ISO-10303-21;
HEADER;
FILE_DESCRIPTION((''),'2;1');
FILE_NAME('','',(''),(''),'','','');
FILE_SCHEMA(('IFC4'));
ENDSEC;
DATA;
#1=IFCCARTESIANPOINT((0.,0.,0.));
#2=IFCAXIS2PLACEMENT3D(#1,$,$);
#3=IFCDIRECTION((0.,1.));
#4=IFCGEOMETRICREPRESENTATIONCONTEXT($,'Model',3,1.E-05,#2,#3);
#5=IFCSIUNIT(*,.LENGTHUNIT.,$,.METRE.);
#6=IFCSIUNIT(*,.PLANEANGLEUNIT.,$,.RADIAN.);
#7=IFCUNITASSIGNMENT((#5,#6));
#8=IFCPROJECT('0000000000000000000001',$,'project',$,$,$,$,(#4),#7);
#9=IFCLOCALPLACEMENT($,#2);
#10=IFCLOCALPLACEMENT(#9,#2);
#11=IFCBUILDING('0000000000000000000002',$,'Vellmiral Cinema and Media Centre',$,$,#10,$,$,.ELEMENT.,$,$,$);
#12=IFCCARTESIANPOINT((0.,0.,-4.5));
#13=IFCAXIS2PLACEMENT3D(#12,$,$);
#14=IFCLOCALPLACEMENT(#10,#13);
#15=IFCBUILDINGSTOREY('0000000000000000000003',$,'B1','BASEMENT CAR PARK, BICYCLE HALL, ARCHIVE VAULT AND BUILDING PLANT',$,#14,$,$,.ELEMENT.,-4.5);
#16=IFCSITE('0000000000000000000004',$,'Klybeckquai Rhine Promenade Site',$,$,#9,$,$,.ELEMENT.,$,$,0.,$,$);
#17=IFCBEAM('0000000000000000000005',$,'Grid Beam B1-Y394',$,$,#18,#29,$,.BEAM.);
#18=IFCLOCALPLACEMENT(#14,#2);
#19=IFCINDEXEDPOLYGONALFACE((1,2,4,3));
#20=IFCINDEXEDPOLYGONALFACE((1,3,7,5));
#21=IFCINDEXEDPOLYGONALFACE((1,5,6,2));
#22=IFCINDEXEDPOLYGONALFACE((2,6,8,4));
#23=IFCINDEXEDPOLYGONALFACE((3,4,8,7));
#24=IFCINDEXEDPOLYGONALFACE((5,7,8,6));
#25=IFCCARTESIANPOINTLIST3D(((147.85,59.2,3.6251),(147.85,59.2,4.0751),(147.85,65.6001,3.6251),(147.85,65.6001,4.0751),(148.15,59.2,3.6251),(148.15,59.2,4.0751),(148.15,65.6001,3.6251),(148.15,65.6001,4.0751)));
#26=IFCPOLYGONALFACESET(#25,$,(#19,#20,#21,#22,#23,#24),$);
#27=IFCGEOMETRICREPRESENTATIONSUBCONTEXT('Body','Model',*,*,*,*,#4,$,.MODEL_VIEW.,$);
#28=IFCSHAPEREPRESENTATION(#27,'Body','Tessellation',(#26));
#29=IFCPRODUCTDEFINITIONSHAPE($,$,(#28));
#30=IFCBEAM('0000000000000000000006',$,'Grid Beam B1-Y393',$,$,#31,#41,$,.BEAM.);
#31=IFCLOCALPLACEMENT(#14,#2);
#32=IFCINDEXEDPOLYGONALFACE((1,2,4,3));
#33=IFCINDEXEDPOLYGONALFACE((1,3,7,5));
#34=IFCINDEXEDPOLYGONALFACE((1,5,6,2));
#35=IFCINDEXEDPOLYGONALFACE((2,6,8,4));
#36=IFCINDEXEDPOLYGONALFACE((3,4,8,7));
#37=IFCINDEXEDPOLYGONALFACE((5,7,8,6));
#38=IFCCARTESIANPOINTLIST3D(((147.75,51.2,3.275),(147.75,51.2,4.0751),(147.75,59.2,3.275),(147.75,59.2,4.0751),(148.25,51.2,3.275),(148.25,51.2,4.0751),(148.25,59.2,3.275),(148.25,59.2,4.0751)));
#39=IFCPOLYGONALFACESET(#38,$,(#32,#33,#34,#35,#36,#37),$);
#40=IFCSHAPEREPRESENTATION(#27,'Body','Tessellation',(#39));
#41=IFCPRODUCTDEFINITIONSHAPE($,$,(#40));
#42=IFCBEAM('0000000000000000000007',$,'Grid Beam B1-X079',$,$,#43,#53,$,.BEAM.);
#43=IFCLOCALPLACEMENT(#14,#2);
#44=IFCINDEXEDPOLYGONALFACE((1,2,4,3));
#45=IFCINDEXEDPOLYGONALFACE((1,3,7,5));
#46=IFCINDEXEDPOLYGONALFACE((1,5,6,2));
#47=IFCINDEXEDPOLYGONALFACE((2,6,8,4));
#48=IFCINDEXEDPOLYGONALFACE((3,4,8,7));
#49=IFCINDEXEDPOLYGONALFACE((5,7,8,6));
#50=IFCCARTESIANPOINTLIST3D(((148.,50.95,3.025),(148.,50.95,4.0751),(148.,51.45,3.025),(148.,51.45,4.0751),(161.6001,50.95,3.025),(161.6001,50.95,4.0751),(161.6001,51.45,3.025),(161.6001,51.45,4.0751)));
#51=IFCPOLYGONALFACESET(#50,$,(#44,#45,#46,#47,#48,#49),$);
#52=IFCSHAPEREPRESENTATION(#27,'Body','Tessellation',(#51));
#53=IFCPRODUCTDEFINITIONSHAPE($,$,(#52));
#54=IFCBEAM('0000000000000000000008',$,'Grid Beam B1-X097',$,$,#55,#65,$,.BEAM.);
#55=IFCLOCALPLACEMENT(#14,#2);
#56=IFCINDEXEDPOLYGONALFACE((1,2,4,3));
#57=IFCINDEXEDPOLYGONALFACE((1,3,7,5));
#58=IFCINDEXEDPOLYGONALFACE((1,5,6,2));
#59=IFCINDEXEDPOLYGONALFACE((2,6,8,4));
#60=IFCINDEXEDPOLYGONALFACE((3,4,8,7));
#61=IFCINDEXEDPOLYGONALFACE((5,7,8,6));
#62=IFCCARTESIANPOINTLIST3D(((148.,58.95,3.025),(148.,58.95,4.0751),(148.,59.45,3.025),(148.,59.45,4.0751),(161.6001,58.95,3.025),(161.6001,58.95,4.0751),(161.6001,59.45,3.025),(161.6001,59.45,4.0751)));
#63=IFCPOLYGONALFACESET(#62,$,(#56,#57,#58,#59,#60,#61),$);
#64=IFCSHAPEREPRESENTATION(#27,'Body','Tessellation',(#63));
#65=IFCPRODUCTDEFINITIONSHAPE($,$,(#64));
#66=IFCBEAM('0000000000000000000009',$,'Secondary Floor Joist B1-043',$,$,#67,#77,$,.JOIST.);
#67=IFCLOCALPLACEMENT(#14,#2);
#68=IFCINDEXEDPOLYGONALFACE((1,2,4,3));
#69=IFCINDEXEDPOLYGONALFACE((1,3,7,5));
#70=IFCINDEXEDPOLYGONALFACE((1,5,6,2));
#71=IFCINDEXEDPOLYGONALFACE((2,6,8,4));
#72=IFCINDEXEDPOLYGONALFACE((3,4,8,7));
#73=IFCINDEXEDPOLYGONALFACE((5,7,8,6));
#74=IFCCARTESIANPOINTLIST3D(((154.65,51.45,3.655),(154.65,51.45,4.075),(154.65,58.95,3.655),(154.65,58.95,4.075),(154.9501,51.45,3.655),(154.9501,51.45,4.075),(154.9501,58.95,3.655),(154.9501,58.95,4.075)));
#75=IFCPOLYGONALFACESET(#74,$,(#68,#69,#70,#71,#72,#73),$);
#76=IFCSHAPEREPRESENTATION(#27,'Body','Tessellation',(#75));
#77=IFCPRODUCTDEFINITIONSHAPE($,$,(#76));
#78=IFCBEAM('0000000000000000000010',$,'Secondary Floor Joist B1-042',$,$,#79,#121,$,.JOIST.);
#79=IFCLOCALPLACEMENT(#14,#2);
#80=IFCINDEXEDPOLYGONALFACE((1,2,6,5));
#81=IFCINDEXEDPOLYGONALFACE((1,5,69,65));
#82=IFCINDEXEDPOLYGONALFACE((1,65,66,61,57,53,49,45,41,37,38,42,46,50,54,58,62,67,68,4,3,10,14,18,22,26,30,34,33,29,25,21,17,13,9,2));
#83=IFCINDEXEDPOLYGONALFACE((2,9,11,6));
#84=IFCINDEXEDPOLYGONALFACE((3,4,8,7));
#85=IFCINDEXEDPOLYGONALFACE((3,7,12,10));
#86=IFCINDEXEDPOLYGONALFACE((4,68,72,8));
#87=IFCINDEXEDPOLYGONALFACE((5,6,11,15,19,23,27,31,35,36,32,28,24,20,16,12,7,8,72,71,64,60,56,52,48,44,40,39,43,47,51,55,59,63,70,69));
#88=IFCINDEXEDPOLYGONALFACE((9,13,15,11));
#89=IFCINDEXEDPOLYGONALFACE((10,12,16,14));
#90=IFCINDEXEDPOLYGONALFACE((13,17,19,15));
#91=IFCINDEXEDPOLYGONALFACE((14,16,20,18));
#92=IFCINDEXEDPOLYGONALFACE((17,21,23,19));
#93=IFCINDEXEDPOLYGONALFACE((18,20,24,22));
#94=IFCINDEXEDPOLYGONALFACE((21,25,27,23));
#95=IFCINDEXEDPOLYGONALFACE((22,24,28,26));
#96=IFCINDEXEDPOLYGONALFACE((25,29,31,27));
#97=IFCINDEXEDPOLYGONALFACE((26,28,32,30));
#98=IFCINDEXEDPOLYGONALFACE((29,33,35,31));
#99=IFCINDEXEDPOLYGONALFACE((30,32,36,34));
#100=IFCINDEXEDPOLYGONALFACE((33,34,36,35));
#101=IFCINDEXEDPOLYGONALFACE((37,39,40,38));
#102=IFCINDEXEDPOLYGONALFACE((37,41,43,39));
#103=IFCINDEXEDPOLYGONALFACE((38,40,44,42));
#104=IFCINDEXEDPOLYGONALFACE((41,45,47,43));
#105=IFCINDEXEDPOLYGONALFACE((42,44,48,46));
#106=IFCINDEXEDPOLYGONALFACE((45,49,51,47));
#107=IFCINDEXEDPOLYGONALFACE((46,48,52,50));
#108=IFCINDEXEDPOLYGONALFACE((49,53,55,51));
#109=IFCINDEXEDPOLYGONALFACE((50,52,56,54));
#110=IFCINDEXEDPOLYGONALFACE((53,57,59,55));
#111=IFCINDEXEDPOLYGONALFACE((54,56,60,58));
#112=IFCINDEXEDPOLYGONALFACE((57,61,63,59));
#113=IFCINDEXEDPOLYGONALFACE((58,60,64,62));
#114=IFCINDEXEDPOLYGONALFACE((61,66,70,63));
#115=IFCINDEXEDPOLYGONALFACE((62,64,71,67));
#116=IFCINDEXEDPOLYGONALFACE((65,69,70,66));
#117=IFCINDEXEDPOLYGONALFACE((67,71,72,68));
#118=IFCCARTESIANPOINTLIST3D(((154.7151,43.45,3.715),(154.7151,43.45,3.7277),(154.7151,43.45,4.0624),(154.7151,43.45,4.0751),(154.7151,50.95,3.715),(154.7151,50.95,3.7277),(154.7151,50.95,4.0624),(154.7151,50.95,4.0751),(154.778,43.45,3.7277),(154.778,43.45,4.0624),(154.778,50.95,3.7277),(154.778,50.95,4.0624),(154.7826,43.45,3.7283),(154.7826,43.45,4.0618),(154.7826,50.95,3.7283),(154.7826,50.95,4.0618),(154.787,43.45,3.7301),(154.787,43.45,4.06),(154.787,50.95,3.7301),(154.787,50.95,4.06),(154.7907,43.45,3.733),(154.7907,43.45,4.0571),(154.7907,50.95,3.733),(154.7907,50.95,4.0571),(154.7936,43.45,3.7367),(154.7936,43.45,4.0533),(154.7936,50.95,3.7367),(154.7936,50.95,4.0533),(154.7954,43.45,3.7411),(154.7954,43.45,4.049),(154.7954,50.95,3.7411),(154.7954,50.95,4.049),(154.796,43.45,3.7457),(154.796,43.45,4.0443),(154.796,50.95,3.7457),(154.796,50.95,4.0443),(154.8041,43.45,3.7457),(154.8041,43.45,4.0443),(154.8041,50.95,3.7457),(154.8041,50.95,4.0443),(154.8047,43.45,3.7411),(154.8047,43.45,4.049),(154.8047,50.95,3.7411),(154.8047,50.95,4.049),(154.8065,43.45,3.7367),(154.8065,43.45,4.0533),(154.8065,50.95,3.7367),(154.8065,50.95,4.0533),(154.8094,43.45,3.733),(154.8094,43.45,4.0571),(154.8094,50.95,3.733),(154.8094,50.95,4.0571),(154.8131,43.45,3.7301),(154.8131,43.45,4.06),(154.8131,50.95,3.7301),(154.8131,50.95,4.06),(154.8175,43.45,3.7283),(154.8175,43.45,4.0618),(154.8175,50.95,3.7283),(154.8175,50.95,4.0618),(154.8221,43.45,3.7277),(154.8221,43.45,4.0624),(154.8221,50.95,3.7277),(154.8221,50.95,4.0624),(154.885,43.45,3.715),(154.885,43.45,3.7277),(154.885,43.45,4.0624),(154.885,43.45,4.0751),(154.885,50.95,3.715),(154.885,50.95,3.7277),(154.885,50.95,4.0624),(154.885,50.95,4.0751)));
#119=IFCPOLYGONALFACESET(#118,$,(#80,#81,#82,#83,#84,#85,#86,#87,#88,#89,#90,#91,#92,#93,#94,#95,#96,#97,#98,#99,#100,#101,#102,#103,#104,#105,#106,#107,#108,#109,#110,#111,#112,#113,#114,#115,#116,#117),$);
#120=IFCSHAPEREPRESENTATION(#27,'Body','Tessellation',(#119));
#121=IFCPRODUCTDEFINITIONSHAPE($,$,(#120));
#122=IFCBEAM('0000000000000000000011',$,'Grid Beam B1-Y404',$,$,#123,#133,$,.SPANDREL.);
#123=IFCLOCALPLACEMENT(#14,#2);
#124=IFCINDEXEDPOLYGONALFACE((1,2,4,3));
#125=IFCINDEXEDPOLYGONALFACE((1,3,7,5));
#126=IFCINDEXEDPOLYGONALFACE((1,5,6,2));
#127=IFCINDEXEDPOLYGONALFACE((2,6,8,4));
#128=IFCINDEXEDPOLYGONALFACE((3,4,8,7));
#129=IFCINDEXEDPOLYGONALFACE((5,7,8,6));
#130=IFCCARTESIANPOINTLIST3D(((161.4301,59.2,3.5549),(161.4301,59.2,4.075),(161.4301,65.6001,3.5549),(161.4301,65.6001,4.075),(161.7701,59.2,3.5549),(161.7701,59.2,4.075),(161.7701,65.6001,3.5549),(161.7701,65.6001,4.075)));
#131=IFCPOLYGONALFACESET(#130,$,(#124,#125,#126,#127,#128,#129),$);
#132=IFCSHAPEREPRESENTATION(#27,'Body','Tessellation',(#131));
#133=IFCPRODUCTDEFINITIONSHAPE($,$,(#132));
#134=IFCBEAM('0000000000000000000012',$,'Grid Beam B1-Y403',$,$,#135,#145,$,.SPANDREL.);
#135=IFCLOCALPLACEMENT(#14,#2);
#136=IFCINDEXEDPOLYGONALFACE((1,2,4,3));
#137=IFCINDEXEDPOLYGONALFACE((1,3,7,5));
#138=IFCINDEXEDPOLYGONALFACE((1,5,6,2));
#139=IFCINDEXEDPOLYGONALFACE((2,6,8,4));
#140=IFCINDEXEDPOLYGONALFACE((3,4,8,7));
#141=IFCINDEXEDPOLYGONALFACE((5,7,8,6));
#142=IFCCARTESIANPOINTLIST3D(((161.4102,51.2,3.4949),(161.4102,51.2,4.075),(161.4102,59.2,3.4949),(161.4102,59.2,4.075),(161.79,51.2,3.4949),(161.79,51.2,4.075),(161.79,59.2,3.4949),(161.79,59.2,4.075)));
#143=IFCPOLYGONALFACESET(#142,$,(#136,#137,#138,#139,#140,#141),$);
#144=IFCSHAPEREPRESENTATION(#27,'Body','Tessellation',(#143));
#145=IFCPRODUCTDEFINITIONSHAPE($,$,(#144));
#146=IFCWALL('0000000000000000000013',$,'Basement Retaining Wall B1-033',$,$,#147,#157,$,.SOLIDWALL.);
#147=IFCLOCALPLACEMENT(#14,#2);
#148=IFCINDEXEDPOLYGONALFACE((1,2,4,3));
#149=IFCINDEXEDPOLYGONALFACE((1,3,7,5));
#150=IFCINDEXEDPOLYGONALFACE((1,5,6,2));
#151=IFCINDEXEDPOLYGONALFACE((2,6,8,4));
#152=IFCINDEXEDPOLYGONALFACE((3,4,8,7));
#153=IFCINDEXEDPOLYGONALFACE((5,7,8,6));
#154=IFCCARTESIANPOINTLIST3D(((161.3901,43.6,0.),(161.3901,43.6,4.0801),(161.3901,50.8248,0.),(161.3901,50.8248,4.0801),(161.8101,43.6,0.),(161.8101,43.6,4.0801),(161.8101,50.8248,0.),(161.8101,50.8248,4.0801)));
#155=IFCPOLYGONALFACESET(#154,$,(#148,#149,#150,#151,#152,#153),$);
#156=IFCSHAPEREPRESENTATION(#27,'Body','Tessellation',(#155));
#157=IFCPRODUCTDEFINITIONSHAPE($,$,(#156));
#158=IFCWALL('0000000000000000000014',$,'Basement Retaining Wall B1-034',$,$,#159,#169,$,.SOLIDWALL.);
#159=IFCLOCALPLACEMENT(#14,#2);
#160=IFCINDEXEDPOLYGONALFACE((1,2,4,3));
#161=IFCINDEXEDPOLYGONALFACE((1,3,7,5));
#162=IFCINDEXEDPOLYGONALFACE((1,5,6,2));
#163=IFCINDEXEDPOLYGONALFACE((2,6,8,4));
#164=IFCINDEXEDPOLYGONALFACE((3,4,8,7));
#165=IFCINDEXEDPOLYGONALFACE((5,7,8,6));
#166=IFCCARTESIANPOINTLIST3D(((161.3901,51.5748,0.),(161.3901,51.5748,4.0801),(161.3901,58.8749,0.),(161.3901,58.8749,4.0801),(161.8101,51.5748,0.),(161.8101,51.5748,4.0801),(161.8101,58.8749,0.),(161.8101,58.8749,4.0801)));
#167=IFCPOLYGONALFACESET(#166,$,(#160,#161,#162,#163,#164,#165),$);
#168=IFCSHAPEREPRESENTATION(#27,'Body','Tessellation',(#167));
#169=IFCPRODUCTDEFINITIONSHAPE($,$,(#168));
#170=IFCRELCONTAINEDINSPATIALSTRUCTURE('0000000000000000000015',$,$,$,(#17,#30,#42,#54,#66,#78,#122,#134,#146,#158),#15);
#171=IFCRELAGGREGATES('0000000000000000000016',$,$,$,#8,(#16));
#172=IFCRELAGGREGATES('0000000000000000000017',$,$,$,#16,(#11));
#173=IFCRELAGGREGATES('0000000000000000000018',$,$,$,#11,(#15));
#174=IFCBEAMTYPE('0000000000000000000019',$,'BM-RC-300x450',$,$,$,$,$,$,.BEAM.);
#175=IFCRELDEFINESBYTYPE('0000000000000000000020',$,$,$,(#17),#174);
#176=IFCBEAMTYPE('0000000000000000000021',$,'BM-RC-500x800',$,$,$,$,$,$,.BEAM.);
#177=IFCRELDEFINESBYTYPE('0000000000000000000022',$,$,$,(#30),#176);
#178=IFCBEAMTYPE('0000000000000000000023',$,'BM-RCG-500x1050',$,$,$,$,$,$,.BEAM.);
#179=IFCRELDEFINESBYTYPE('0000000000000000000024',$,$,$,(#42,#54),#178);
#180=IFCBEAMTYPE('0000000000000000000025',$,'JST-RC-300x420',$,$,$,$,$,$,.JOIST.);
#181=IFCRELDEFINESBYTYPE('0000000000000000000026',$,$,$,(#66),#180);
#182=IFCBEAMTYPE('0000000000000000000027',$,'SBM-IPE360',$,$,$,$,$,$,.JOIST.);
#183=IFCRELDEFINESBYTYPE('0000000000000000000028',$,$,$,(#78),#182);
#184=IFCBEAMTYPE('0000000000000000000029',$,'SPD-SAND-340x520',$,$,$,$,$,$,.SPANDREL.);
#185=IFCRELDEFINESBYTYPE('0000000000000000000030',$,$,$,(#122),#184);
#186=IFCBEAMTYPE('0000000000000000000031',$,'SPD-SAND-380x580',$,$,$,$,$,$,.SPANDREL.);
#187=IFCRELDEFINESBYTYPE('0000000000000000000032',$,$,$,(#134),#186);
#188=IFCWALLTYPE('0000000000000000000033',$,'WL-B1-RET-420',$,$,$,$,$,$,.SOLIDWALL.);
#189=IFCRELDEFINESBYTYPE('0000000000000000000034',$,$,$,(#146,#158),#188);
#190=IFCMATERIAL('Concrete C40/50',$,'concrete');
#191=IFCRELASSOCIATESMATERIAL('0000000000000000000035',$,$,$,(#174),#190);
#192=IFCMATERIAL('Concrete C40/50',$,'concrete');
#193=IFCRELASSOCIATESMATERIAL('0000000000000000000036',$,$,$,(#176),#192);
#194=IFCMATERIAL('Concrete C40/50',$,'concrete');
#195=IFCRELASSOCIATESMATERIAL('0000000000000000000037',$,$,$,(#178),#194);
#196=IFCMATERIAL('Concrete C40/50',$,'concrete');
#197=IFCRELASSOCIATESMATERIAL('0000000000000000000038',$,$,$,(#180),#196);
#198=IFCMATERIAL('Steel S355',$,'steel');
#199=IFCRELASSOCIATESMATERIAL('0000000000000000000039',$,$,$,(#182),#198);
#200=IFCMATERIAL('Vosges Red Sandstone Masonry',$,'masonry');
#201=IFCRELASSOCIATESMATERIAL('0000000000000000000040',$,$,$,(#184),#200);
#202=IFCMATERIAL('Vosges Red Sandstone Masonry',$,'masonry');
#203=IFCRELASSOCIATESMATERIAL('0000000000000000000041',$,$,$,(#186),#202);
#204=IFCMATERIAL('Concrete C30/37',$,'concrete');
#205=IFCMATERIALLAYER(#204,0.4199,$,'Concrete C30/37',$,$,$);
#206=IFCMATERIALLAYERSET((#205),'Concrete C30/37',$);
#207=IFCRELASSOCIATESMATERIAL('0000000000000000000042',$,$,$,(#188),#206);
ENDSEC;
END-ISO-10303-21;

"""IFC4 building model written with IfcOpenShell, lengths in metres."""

from ifc_helpers import new_model, si_unit, direction, frame, frame_2d, origin, origin_2d, place, context, subcontext, project, spatial, rectangle, i_section, extrude, material, layer, layer_set, material_profile, profile_set, type_object, element, save


model = new_model("IFC4")

# Units and contexts
model_context = context("Model", 3, precision=1e-05, world=origin(), true_north=direction((0.0, 1.0)))
body_context = subcontext(model_context, "Body", "Model", "MODEL_VIEW")
ifc_project = project(units=[si_unit("LENGTHUNIT", "METRE"), si_unit("PLANEANGLEUNIT", "RADIAN")], contexts=[model_context])

# Site, building, storey
site_placement = place(None, origin())
site = spatial("IfcSite", under=ifc_project, at=site_placement, Name="Klybeckquai Rhine Promenade Site", CompositionType="ELEMENT", RefElevation=0.0)
building_placement = place(site_placement, origin())
building = spatial("IfcBuilding", under=site, at=building_placement, Name="Vellmiral Cinema and Media Centre", CompositionType="ELEMENT")
storey_placement = place(building_placement, frame((0.0, 0.0, -4.5)))
storey = spatial("IfcBuildingStorey", under=building, at=storey_placement, Name="B1", Description="BASEMENT CAR PARK, BICYCLE HALL, ARCHIVE VAULT AND BUILDING PLANT", CompositionType="ELEMENT", Elevation=-4.5)

# Beams
ifc_material_1 = material(Name="Concrete C40/50", Category="concrete")
ifc_material_profile_1 = material_profile(ifc_material_1, rectangle(XDim=0.3, YDim=0.45, at=origin_2d()), Name="RC 300x450")
ifc_profile_set_1 = profile_set([ifc_material_profile_1], Name="Concrete C40/50")
beam_type_1 = type_object("IfcBeamType", Name="BM-RC-300x450", PredefinedType="BEAM", material=ifc_profile_set_1)
beam_1_placement = place(storey_placement, frame((148.0, 59.2, 3.8501), z_axis=(0.0, 1.0, 0.0), x_axis=(-1.0, 0.0, 0.0)))
element("IfcBeam", 1, at=beam_1_placement, inside=storey, type_object=beam_type_1, Name="Grid Beam B1-Y394", PredefinedType="BEAM", context=body_context, shape_type="SweptSolid", body=[
    extrude(rectangle(XDim=0.3, YDim=0.45, at=origin_2d()), origin(), (0.0, 0.0, 1.0), 6.4001),
])
ifc_material_2 = material(Name="Concrete C40/50", Category="concrete")
ifc_material_profile_2 = material_profile(ifc_material_2, rectangle(XDim=0.5, YDim=0.8, at=origin_2d()), Name="RC 500x800")
ifc_profile_set_2 = profile_set([ifc_material_profile_2], Name="Concrete C40/50")
beam_type_2 = type_object("IfcBeamType", Name="BM-RC-500x800", PredefinedType="BEAM", material=ifc_profile_set_2)
beam_2_placement = place(storey_placement, frame((148.0, 51.2, 3.675), z_axis=(0.0, 1.0, 0.0), x_axis=(-1.0, 0.0, 0.0)))
element("IfcBeam", 2, at=beam_2_placement, inside=storey, type_object=beam_type_2, Name="Grid Beam B1-Y393", PredefinedType="BEAM", context=body_context, shape_type="SweptSolid", body=[
    extrude(rectangle(XDim=0.5, YDim=0.8, at=origin_2d()), origin(), (0.0, 0.0, 1.0), 8.0),
])
ifc_material_3 = material(Name="Concrete C40/50", Category="concrete")
ifc_material_profile_3 = material_profile(ifc_material_3, rectangle(XDim=0.5, YDim=1.05, at=origin_2d()), Name="RC 500x1050")
ifc_profile_set_3 = profile_set([ifc_material_profile_3], Name="Concrete C40/50")
beam_type_3 = type_object("IfcBeamType", Name="BM-RCG-500x1050", PredefinedType="BEAM", material=ifc_profile_set_3)
for number, where, z_axis, x_axis, name in (
    (3, (148.0, 51.2, 3.55), (1.0, 0.0, 0.0), (0.0, 1.0, 0.0), "Grid Beam B1-X079"),
    (4, (148.0, 59.2, 3.55), (1.0, 0.0, 0.0), (0.0, 1.0, 0.0), "Grid Beam B1-X097"),
):
    element("IfcBeam", number, at=place(storey_placement, frame(where, z_axis=z_axis, x_axis=x_axis)), inside=storey, type_object=beam_type_3, Name=name, PredefinedType="BEAM", context=body_context, shape_type="SweptSolid", body=[
        extrude(rectangle(XDim=0.5, YDim=1.05, at=origin_2d()), origin(), (0.0, 0.0, 1.0), 13.6001),
    ])
ifc_material_4 = material(Name="Concrete C40/50", Category="concrete")
ifc_material_profile_4 = material_profile(ifc_material_4, rectangle(XDim=0.3, YDim=0.4199, at=origin_2d()), Name="RC 300x420")
ifc_profile_set_4 = profile_set([ifc_material_profile_4], Name="Concrete C40/50")
beam_type_4 = type_object("IfcBeamType", Name="JST-RC-300x420", PredefinedType="JOIST", material=ifc_profile_set_4)
beam_3_placement = place(storey_placement, frame((154.8, 51.45, 3.865), z_axis=(0.0, 1.0, 0.0), x_axis=(-1.0, 0.0, 0.0)))
element("IfcBeam", 5, at=beam_3_placement, inside=storey, type_object=beam_type_4, Name="Secondary Floor Joist B1-043", PredefinedType="JOIST", context=body_context, shape_type="SweptSolid", body=[
    extrude(rectangle(XDim=0.3, YDim=0.4199, at=origin_2d()), origin(), (0.0, 0.0, 1.0), 7.5),
])
ifc_material_5 = material(Name="Steel S355", Category="steel")
ifc_material_profile_5 = material_profile(ifc_material_5, i_section(OverallWidth=0.1699, OverallDepth=0.3601, WebThickness=0.0081, FlangeThickness=0.0127, FilletRadius=0.0181, at=origin_2d()), Name="IPE 360")
ifc_profile_set_5 = profile_set([ifc_material_profile_5], Name="Steel S355")
beam_type_5 = type_object("IfcBeamType", Name="SBM-IPE360", PredefinedType="JOIST", material=ifc_profile_set_5)
beam_4_placement = place(storey_placement, frame((154.8, 43.45, 3.895), z_axis=(0.0, 1.0, 0.0), x_axis=(-1.0, 0.0, 0.0)))
element("IfcBeam", 6, at=beam_4_placement, inside=storey, type_object=beam_type_5, Name="Secondary Floor Joist B1-042", PredefinedType="JOIST", context=body_context, shape_type="SweptSolid", body=[
    extrude(i_section(OverallWidth=0.1699, OverallDepth=0.3601, WebThickness=0.0081, FlangeThickness=0.0127, FilletRadius=0.0181, at=origin_2d()), origin(), (0.0, 0.0, 1.0), 7.5),
])
ifc_material_6 = material(Name="Vosges Red Sandstone Masonry", Category="masonry")
ifc_material_profile_6 = material_profile(ifc_material_6, rectangle(XDim=0.3401, YDim=0.52, at=origin_2d()), Name="SAND 340x520")
ifc_profile_set_6 = profile_set([ifc_material_profile_6], Name="Vosges Red Sandstone Masonry")
beam_type_6 = type_object("IfcBeamType", Name="SPD-SAND-340x520", PredefinedType="SPANDREL", material=ifc_profile_set_6)
beam_5_placement = place(storey_placement, frame((161.6001, 59.2, 3.8149), z_axis=(0.0, 1.0, 0.0), x_axis=(-1.0, 0.0, 0.0)))
element("IfcBeam", 7, at=beam_5_placement, inside=storey, type_object=beam_type_6, Name="Grid Beam B1-Y404", PredefinedType="SPANDREL", context=body_context, shape_type="SweptSolid", body=[
    extrude(rectangle(XDim=0.3401, YDim=0.52, at=origin_2d()), origin(), (0.0, 0.0, 1.0), 6.4001),
])
ifc_material_7 = material(Name="Vosges Red Sandstone Masonry", Category="masonry")
ifc_material_profile_7 = material_profile(ifc_material_7, rectangle(XDim=0.3799, YDim=0.5801, at=origin_2d()), Name="SAND 380x580")
ifc_profile_set_7 = profile_set([ifc_material_profile_7], Name="Vosges Red Sandstone Masonry")
beam_type_7 = type_object("IfcBeamType", Name="SPD-SAND-380x580", PredefinedType="SPANDREL", material=ifc_profile_set_7)
beam_6_placement = place(storey_placement, frame((161.6001, 51.2, 3.7849), z_axis=(0.0, 1.0, 0.0), x_axis=(-1.0, 0.0, 0.0)))
element("IfcBeam", 8, at=beam_6_placement, inside=storey, type_object=beam_type_7, Name="Grid Beam B1-Y403", PredefinedType="SPANDREL", context=body_context, shape_type="SweptSolid", body=[
    extrude(rectangle(XDim=0.3799, YDim=0.5801, at=origin_2d()), origin(), (0.0, 0.0, 1.0), 8.0),
])

# Walls
ifc_material_8 = material(Name="Concrete C30/37", Category="concrete")
ifc_layer = layer(ifc_material_8, 0.4199, Name="Concrete C30/37")
ifc_layer_set = layer_set([ifc_layer], Name="Concrete C30/37")
wall_type = type_object("IfcWallType", Name="WL-B1-RET-420", PredefinedType="SOLIDWALL", material=ifc_layer_set)
wall_1_placement = place(storey_placement, frame((161.6001, 43.6001, 0.0), z_axis=(0.0, 0.0, 1.0), x_axis=(0.0, 1.0, 0.0)))
element("IfcWall", 9, at=wall_1_placement, inside=storey, type_object=wall_type, Name="Basement Retaining Wall B1-033", PredefinedType="SOLIDWALL", context=body_context, shape_type="SweptSolid", body=[
    extrude(rectangle(XDim=7.2249, YDim=0.4199, at=frame_2d((3.6123, 0.0))), origin(), (0.0, 0.0, 1.0), 4.0801),
])
wall_2_placement = place(storey_placement, frame((161.6001, 51.575, 0.0), z_axis=(0.0, 0.0, 1.0), x_axis=(0.0, 1.0, 0.0)))
element("IfcWall", 10, at=wall_2_placement, inside=storey, type_object=wall_type, Name="Basement Retaining Wall B1-034", PredefinedType="SOLIDWALL", context=body_context, shape_type="SweptSolid", body=[
    extrude(rectangle(XDim=7.3, YDim=0.4199, at=frame_2d((3.6499, 0.0))), origin(), (0.0, 0.0, 1.0), 4.0801),
])

save(model, "model.ifc")
